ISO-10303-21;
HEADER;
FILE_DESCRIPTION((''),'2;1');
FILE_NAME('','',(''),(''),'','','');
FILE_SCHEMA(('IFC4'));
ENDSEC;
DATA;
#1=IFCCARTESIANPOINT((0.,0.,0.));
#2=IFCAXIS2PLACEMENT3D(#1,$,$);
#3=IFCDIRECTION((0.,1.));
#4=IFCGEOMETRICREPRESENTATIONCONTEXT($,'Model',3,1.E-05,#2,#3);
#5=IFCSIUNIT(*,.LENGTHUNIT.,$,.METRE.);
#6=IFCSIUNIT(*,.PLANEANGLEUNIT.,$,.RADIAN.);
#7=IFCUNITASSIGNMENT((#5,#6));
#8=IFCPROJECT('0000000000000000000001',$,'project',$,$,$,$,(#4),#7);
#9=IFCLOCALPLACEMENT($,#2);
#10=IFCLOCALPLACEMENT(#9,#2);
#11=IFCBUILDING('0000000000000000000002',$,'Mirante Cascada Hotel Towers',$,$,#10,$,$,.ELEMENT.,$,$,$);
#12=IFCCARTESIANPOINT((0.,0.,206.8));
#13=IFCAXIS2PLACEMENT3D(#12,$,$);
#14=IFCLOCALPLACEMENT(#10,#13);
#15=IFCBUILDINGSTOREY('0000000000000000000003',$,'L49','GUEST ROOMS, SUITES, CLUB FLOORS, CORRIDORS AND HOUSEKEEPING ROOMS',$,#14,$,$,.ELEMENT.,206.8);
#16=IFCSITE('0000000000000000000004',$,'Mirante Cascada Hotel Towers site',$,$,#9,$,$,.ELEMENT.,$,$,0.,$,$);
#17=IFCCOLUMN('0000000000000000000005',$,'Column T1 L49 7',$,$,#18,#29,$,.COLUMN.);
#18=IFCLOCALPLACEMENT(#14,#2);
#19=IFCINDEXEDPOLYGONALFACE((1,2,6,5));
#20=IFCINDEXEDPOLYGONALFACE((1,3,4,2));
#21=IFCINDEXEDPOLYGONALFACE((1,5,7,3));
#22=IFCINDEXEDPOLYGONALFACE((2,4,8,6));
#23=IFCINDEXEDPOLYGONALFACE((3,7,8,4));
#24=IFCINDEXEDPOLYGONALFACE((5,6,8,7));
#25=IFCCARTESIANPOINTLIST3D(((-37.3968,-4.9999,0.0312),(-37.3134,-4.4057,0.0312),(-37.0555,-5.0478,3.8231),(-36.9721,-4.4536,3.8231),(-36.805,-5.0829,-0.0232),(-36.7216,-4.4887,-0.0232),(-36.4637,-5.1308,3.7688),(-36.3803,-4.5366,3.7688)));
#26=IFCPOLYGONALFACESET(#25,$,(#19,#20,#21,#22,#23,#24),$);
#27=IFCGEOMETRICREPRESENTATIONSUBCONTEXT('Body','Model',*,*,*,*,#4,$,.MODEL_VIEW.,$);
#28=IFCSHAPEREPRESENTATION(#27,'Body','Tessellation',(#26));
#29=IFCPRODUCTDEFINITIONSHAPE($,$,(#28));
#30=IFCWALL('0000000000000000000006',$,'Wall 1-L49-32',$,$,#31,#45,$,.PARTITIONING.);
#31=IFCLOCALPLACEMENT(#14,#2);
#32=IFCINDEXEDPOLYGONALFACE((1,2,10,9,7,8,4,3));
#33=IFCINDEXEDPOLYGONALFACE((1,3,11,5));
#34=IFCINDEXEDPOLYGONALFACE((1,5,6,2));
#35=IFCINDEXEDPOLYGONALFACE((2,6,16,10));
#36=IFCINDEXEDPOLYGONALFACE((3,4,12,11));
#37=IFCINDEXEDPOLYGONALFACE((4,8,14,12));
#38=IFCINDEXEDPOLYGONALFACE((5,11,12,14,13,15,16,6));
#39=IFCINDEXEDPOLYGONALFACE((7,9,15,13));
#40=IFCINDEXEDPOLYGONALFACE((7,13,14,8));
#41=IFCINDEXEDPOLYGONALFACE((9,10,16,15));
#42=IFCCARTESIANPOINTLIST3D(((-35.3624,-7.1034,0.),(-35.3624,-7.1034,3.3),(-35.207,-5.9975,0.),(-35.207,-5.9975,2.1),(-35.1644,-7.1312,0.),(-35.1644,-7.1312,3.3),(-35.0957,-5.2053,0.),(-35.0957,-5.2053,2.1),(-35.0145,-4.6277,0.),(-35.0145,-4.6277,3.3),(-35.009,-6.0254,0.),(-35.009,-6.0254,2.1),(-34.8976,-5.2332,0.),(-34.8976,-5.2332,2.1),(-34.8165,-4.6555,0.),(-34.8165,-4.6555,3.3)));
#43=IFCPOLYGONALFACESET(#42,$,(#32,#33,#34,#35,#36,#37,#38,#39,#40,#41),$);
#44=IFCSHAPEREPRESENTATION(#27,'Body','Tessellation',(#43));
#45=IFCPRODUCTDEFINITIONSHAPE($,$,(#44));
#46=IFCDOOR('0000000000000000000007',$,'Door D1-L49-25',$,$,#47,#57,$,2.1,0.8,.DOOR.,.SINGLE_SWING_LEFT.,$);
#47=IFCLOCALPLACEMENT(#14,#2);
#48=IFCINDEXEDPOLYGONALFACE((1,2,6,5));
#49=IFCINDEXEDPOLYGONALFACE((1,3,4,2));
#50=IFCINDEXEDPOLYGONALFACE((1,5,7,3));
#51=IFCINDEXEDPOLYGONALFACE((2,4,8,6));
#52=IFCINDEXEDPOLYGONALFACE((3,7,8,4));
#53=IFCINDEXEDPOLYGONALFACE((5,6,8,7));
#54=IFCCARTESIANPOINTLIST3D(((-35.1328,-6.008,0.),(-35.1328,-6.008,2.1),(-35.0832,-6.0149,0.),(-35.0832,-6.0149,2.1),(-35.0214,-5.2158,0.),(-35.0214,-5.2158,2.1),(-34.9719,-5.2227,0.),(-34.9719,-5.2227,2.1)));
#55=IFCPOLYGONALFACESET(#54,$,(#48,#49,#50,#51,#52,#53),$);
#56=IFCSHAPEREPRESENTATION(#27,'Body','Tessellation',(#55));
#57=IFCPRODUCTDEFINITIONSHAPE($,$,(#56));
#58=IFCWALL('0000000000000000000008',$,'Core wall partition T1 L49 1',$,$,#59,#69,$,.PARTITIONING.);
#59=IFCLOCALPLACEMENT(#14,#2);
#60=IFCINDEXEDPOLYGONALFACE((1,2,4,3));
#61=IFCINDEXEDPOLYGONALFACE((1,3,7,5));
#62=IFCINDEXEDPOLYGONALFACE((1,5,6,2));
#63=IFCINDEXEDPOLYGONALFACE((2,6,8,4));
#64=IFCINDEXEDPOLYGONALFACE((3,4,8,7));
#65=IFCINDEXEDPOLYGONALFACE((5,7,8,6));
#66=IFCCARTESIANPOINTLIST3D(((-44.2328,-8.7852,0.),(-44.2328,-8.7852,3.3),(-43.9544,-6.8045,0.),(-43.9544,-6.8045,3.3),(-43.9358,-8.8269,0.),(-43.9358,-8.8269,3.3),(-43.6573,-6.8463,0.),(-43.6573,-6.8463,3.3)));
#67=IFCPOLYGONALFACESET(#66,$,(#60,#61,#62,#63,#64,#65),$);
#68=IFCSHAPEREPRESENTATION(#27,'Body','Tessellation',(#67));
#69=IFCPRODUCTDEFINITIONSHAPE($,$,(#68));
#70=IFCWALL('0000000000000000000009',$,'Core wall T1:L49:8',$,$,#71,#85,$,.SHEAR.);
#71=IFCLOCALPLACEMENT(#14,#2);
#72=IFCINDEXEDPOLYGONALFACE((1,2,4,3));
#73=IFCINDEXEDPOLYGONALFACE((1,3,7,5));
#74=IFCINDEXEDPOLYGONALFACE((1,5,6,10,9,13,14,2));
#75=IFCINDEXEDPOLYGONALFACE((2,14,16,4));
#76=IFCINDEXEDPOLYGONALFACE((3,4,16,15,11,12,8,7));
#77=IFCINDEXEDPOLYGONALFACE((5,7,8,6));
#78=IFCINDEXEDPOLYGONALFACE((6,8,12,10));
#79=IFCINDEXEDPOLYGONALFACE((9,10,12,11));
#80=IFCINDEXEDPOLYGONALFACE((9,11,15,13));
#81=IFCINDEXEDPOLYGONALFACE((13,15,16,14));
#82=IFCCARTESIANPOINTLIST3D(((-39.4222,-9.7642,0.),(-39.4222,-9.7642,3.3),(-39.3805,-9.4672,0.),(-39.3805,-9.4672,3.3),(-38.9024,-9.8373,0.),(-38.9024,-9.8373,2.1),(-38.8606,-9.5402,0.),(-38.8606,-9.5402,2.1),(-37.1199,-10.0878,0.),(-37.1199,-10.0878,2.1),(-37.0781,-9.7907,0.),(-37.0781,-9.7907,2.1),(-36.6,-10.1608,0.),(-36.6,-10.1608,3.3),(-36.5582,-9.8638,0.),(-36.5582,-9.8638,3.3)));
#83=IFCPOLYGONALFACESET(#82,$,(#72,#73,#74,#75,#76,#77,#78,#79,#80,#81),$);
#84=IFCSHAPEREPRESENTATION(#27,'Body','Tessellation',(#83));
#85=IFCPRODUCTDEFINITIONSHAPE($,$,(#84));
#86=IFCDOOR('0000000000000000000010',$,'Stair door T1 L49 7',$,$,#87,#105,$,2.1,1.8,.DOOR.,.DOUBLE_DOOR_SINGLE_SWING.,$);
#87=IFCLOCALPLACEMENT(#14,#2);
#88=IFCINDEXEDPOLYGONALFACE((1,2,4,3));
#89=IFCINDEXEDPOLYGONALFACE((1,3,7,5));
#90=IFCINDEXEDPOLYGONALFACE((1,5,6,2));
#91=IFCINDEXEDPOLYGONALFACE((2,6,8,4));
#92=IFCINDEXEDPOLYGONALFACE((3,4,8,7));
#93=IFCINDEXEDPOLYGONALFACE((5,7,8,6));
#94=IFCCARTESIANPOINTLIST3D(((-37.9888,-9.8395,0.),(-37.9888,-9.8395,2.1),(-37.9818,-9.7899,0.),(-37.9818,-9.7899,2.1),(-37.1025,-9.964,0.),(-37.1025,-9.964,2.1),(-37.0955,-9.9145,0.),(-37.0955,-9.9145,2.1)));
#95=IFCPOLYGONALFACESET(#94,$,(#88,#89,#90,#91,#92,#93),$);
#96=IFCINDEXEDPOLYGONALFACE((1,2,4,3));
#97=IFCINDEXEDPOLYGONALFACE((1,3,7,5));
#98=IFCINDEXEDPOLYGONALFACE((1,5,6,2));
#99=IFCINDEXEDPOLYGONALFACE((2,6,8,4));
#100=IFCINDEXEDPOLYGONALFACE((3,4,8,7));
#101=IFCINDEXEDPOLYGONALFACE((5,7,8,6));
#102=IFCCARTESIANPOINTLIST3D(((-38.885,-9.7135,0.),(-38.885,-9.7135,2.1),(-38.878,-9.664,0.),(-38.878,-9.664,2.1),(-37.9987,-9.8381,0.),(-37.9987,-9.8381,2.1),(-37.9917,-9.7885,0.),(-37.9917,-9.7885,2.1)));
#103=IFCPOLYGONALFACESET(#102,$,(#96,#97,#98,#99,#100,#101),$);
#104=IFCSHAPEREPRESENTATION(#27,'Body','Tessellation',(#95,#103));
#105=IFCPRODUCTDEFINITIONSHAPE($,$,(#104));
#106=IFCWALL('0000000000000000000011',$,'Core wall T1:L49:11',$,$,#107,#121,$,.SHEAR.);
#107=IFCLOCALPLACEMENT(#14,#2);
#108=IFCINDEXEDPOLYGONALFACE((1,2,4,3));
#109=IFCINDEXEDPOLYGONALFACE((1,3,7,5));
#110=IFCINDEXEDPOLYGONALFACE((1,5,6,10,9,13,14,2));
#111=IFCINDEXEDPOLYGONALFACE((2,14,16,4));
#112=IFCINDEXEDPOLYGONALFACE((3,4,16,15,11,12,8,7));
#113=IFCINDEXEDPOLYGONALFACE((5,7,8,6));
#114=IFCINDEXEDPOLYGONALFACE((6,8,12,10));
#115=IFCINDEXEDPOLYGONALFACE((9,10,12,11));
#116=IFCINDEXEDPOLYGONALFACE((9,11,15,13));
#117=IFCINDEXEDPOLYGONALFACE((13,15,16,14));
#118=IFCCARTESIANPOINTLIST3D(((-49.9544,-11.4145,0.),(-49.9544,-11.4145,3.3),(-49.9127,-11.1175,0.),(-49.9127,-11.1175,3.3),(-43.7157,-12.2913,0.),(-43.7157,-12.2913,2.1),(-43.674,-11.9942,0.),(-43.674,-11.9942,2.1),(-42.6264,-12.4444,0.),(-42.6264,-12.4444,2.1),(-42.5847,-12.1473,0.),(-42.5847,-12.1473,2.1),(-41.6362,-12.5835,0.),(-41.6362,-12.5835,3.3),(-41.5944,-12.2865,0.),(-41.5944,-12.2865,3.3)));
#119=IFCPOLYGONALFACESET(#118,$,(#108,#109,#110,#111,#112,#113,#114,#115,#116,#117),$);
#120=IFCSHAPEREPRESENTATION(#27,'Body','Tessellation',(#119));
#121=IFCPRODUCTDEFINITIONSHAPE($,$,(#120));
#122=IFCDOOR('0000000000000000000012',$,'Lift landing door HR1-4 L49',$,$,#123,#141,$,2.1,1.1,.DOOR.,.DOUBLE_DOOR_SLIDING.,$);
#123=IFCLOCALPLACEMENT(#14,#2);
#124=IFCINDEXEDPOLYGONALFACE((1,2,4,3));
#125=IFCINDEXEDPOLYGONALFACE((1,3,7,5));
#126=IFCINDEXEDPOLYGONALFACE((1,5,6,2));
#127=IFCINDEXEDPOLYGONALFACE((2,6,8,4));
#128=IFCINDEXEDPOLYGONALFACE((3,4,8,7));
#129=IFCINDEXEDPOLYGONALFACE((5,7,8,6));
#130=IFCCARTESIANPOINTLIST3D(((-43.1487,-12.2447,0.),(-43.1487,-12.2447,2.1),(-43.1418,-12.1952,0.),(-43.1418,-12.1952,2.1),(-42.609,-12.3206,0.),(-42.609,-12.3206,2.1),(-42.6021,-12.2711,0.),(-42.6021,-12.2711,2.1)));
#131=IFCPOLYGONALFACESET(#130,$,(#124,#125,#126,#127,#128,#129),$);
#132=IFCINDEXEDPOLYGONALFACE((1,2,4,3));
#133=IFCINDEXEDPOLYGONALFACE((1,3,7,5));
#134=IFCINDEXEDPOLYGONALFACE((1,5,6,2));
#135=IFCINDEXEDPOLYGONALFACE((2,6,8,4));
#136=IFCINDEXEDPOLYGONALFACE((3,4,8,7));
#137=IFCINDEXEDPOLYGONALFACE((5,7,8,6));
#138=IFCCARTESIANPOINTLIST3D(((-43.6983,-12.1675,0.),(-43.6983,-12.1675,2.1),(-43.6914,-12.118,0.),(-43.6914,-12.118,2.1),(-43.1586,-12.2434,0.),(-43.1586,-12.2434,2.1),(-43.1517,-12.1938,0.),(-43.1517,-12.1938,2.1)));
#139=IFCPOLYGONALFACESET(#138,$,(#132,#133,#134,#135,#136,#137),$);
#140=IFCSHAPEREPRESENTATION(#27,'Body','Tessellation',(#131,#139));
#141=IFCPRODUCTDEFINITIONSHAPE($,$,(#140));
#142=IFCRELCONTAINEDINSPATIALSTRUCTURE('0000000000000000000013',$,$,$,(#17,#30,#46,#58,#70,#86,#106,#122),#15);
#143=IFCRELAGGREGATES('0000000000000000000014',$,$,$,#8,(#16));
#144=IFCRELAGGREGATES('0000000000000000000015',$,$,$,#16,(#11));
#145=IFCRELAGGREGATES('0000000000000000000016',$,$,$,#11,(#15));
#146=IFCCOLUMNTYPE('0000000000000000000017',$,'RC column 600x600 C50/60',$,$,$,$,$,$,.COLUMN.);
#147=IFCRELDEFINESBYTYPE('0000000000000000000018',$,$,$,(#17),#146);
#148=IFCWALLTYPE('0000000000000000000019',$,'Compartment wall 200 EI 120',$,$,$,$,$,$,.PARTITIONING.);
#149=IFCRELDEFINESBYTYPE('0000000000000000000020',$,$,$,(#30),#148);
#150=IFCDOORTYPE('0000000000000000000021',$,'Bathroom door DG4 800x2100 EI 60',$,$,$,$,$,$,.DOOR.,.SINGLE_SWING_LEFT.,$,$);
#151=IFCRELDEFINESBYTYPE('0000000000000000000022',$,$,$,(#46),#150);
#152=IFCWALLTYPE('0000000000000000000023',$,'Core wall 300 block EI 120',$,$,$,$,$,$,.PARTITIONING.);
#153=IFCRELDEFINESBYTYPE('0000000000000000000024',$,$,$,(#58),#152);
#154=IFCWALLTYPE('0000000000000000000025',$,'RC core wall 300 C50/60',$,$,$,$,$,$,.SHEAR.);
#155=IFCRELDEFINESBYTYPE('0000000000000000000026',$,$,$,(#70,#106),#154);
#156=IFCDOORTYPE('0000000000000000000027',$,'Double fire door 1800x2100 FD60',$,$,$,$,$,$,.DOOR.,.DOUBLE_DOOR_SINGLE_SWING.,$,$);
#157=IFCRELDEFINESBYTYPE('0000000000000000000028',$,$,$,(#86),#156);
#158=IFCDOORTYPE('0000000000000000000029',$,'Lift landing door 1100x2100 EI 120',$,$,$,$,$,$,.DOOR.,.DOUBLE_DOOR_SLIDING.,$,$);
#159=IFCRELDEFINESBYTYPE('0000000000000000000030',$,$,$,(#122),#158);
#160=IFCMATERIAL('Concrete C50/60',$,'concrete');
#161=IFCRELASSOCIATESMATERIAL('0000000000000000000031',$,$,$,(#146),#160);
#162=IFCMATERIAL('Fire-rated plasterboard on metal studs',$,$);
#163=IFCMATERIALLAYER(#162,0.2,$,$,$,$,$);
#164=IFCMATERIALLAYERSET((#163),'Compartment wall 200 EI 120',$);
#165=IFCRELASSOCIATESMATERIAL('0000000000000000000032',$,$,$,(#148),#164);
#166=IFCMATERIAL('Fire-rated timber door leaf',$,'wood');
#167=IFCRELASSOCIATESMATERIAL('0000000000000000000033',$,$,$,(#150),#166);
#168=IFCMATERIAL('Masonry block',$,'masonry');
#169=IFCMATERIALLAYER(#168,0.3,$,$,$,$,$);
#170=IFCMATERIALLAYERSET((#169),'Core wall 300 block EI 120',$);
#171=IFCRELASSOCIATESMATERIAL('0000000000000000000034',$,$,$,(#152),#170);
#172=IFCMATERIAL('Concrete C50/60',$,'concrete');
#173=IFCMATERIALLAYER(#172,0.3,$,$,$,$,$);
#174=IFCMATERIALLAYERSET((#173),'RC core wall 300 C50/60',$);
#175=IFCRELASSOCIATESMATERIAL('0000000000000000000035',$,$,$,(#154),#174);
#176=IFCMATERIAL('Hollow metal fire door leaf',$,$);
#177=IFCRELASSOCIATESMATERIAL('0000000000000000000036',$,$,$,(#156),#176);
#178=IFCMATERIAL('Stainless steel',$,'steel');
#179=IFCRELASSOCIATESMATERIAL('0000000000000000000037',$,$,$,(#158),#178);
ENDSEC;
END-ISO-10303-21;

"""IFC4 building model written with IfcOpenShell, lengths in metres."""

from ifc_helpers import new_model, si_unit, direction, frame, frame_2d, origin, origin_2d, place, context, subcontext, project, spatial, rectangle, extrude, material, layer, layer_set, material_profile, profile_set, type_object, element, fill, save


model = new_model("IFC4")

# Units and contexts
model_context = context("Model", 3, precision=1e-05, world=origin(), true_north=direction((0.0, 1.0)))
body_context = subcontext(model_context, "Body", "Model", "MODEL_VIEW")
ifc_project = project(units=[si_unit("LENGTHUNIT", "METRE"), si_unit("PLANEANGLEUNIT", "RADIAN")], contexts=[model_context])

# Site, building, storey
site_placement = place(None, origin())
site = spatial("IfcSite", under=ifc_project, at=site_placement, Name="Mirante Cascada Hotel Towers site", CompositionType="ELEMENT", RefElevation=0.0)
building_placement = place(site_placement, origin())
building = spatial("IfcBuilding", under=site, at=building_placement, Name="Mirante Cascada Hotel Towers", CompositionType="ELEMENT")
storey_placement = place(building_placement, frame((0.0, 0.0, 206.8)))
storey = spatial("IfcBuildingStorey", under=building, at=storey_placement, Name="L49", Description="GUEST ROOMS, SUITES, CLUB FLOORS, CORRIDORS AND HOUSEKEEPING ROOMS", CompositionType="ELEMENT", Elevation=206.8)

# Column
ifc_material_1 = material(Name="Concrete C50/60", Category="concrete")
ifc_material_profile = material_profile(ifc_material_1, rectangle(XDim=0.6, YDim=0.6, at=origin_2d()), Name="RC column 600x600 C50/60")
ifc_profile_set = profile_set([ifc_material_profile], Name="Concrete C50/60")
column_type = type_object("IfcColumnType", Name="RC column 600x600 C50/60", PredefinedType="COLUMN", material=ifc_profile_set)
column_placement = place(storey_placement, frame((-37.0592, -4.7443, 0.004), z_axis=(0.089636, -0.01258, 0.995895), x_axis=(0.138984, 0.990295, 0.0)))
element("IfcColumn", 1, at=column_placement, inside=storey, type_object=column_type, Name="Column T1 L49 7", PredefinedType="COLUMN", context=body_context, shape_type="SweptSolid", body=[
    extrude(rectangle(XDim=0.6, YDim=0.6, at=origin_2d()), origin(), (0.0, 0.0, 1.0), 3.8076),
])

# Wall, opening, door
ifc_material_2 = material(Name="Fire-rated plasterboard on metal studs")
ifc_layer_1 = layer(ifc_material_2, 0.2)
ifc_layer_set_1 = layer_set([ifc_layer_1], Name="Compartment wall 200 EI 120")
wall_type_1 = type_object("IfcWallType", Name="Compartment wall 200 EI 120", PredefinedType="PARTITIONING", material=ifc_layer_set_1)
wall_1_placement = place(storey_placement, frame((-35.2634, -7.1173, 0.0), z_axis=(0.0, 0.0, 1.0), x_axis=(0.139159, 0.99027, 0.0)))
wall_1 = element("IfcWall", 2, at=wall_1_placement, inside=storey, type_object=wall_type_1, Name="Wall 1-L49-32", PredefinedType="PARTITIONING", context=body_context, shape_type="SweptSolid", body=[
    extrude(rectangle(XDim=2.5, YDim=0.2, at=frame_2d((1.25, 0.0))), origin(), (0.0, 0.0, 1.0), 3.3),
])
opening_1_placement = place(wall_1_placement, frame((1.1167, 0.0, 0.0)))
opening_1 = element("IfcOpeningElement", 3, at=opening_1_placement, cuts=wall_1, PredefinedType="OPENING", context=body_context, shape_type="SweptSolid", body=[
    extrude(rectangle(XDim=0.8, YDim=2.1, at=frame_2d((0.4, 1.05))), frame((0.0, 0.1, 0.0), z_axis=(0.0, -1.0, 0.0), x_axis=(1.0, 0.0, 0.0)), (0.0, 0.0, 1.0), 0.2),
])
ifc_material_3 = material(Name="Fire-rated timber door leaf", Category="wood")
door_type_1 = type_object("IfcDoorType", Name="Bathroom door DG4 800x2100 EI 60", OperationType="SINGLE_SWING_LEFT", PredefinedType="DOOR", material=ifc_material_3)
door_1_placement = place(opening_1_placement, origin())
door_1 = element("IfcDoor", 4, at=door_1_placement, inside=storey, type_object=door_type_1, Name="Door D1-L49-25", OperationType="SINGLE_SWING_LEFT", OverallHeight=2.1, OverallWidth=0.8, PredefinedType="DOOR", context=body_context, shape_type="SweptSolid", body=[
    extrude(rectangle(XDim=0.8, YDim=2.1, at=frame_2d((0.4, 1.05))), frame((0.0, 0.025, 0.0), z_axis=(0.0, -1.0, 0.0), x_axis=(1.0, 0.0, 0.0)), (0.0, 0.0, 1.0), 0.05),
])
fill(opening_1, door_1)

# Wall
ifc_material_4 = material(Name="Masonry block", Category="masonry")
ifc_layer_2 = layer(ifc_material_4, 0.3)
ifc_layer_set_2 = layer_set([ifc_layer_2], Name="Core wall 300 block EI 120")
wall_type_2 = type_object("IfcWallType", Name="Core wall 300 block EI 120", PredefinedType="PARTITIONING", material=ifc_layer_set_2)
wall_2_placement = place(storey_placement, frame((-44.0843, -8.8061, 0.0), z_axis=(0.0, 0.0, 1.0), x_axis=(0.139195, 0.990265, 0.0)))
element("IfcWall", 5, at=wall_2_placement, inside=storey, type_object=wall_type_2, Name="Core wall partition T1 L49 1", PredefinedType="PARTITIONING", context=body_context, shape_type="SweptSolid", body=[
    extrude(rectangle(XDim=2.0001, YDim=0.3, at=frame_2d((1.0001, 0.0))), origin(), (0.0, 0.0, 1.0), 3.3),
])

# Walls, openings, doors
ifc_material_5 = material(Name="Concrete C50/60", Category="concrete")
ifc_layer_3 = layer(ifc_material_5, 0.3)
ifc_layer_set_3 = layer_set([ifc_layer_3], Name="RC core wall 300 C50/60")
wall_type_3 = type_object("IfcWallType", Name="RC core wall 300 C50/60", PredefinedType="SHEAR", material=ifc_layer_set_3)
wall_3_placement = place(storey_placement, frame((-36.5791, -10.0123, 0.0), z_axis=(0.0, 0.0, 1.0), x_axis=(-0.99027, 0.139156, 0.0)))
wall_3 = element("IfcWall", 6, at=wall_3_placement, inside=storey, type_object=wall_type_3, Name="Core wall T1:L49:8", PredefinedType="SHEAR", context=body_context, shape_type="SweptSolid", body=[
    extrude(rectangle(XDim=2.85, YDim=0.3, at=frame_2d((1.425, 0.0))), origin(), (0.0, 0.0, 1.0), 3.3),
])
opening_2_placement = place(wall_3_placement, frame((0.525, 0.0, 0.0)))
opening_2 = element("IfcOpeningElement", 7, at=opening_2_placement, cuts=wall_3, PredefinedType="OPENING", context=body_context, shape_type="SweptSolid", body=[
    extrude(rectangle(XDim=1.8, YDim=2.1, at=frame_2d((0.9, 1.05))), frame((0.0, 0.15, 0.0), z_axis=(0.0, -1.0, 0.0), x_axis=(1.0, 0.0, 0.0)), (0.0, 0.0, 1.0), 0.3),
])
ifc_material_6 = material(Name="Hollow metal fire door leaf")
door_type_2 = type_object("IfcDoorType", Name="Double fire door 1800x2100 FD60", OperationType="DOUBLE_DOOR_SINGLE_SWING", PredefinedType="DOOR", material=ifc_material_6)
door_2_placement = place(opening_2_placement, origin())
door_2 = element("IfcDoor", 8, at=door_2_placement, inside=storey, type_object=door_type_2, Name="Stair door T1 L49 7", OperationType="DOUBLE_DOOR_SINGLE_SWING", OverallHeight=2.1, OverallWidth=1.8, PredefinedType="DOOR", context=body_context, shape_type="SweptSolid", body=[
    extrude(rectangle(XDim=0.895, YDim=2.1, at=frame_2d((0.4475, 1.05))), frame((0.0, 0.025, 0.0), z_axis=(0.0, -1.0, 0.0), x_axis=(1.0, 0.0, 0.0)), (0.0, 0.0, 1.0), 0.05),
    extrude(rectangle(XDim=0.895, YDim=2.1, at=frame_2d((1.3525, 1.05))), frame((0.0, 0.025, 0.0), z_axis=(0.0, -1.0, 0.0), x_axis=(1.0, 0.0, 0.0)), (0.0, 0.0, 1.0), 0.05),
])
fill(opening_2, door_2)
wall_4_placement = place(storey_placement, frame((-41.6153, -12.435, 0.0), z_axis=(0.0, 0.0, 1.0), x_axis=(-0.990269, 0.139166, 0.0)))
wall_4 = element("IfcWall", 9, at=wall_4_placement, inside=storey, type_object=wall_type_3, Name="Core wall T1:L49:11", PredefinedType="SHEAR", context=body_context, shape_type="SweptSolid", body=[
    extrude(rectangle(XDim=8.4, YDim=0.3, at=frame_2d((4.2, 0.0))), origin(), (0.0, 0.0, 1.0), 3.3),
])
opening_3_placement = place(wall_4_placement, frame((1.0, 0.0, 0.0)))
opening_3 = element("IfcOpeningElement", 10, at=opening_3_placement, cuts=wall_4, PredefinedType="OPENING", context=body_context, shape_type="SweptSolid", body=[
    extrude(rectangle(XDim=1.1, YDim=2.1, at=frame_2d((0.55, 1.05))), frame((0.0, 0.15, 0.0), z_axis=(0.0, -1.0, 0.0), x_axis=(1.0, 0.0, 0.0)), (0.0, 0.0, 1.0), 0.3),
])
ifc_material_7 = material(Name="Stainless steel", Category="steel")
door_type_3 = type_object("IfcDoorType", Name="Lift landing door 1100x2100 EI 120", OperationType="DOUBLE_DOOR_SLIDING", PredefinedType="DOOR", material=ifc_material_7)
door_3_placement = place(opening_3_placement, origin())
door_3 = element("IfcDoor", 11, at=door_3_placement, inside=storey, type_object=door_type_3, Name="Lift landing door HR1-4 L49", OperationType="DOUBLE_DOOR_SLIDING", OverallHeight=2.1, OverallWidth=1.1, PredefinedType="DOOR", context=body_context, shape_type="SweptSolid", body=[
    extrude(rectangle(XDim=0.545, YDim=2.1, at=frame_2d((0.2725, 1.05))), frame((0.0, 0.025, 0.0), z_axis=(0.0, -1.0, 0.0), x_axis=(1.0, 0.0, 0.0)), (0.0, 0.0, 1.0), 0.05),
    extrude(rectangle(XDim=0.545, YDim=2.1, at=frame_2d((0.8275, 1.05))), frame((0.0, 0.025, 0.0), z_axis=(0.0, -1.0, 0.0), x_axis=(1.0, 0.0, 0.0)), (0.0, 0.0, 1.0), 0.05),
])
fill(opening_3, door_3)

save(model, "model.ifc")
